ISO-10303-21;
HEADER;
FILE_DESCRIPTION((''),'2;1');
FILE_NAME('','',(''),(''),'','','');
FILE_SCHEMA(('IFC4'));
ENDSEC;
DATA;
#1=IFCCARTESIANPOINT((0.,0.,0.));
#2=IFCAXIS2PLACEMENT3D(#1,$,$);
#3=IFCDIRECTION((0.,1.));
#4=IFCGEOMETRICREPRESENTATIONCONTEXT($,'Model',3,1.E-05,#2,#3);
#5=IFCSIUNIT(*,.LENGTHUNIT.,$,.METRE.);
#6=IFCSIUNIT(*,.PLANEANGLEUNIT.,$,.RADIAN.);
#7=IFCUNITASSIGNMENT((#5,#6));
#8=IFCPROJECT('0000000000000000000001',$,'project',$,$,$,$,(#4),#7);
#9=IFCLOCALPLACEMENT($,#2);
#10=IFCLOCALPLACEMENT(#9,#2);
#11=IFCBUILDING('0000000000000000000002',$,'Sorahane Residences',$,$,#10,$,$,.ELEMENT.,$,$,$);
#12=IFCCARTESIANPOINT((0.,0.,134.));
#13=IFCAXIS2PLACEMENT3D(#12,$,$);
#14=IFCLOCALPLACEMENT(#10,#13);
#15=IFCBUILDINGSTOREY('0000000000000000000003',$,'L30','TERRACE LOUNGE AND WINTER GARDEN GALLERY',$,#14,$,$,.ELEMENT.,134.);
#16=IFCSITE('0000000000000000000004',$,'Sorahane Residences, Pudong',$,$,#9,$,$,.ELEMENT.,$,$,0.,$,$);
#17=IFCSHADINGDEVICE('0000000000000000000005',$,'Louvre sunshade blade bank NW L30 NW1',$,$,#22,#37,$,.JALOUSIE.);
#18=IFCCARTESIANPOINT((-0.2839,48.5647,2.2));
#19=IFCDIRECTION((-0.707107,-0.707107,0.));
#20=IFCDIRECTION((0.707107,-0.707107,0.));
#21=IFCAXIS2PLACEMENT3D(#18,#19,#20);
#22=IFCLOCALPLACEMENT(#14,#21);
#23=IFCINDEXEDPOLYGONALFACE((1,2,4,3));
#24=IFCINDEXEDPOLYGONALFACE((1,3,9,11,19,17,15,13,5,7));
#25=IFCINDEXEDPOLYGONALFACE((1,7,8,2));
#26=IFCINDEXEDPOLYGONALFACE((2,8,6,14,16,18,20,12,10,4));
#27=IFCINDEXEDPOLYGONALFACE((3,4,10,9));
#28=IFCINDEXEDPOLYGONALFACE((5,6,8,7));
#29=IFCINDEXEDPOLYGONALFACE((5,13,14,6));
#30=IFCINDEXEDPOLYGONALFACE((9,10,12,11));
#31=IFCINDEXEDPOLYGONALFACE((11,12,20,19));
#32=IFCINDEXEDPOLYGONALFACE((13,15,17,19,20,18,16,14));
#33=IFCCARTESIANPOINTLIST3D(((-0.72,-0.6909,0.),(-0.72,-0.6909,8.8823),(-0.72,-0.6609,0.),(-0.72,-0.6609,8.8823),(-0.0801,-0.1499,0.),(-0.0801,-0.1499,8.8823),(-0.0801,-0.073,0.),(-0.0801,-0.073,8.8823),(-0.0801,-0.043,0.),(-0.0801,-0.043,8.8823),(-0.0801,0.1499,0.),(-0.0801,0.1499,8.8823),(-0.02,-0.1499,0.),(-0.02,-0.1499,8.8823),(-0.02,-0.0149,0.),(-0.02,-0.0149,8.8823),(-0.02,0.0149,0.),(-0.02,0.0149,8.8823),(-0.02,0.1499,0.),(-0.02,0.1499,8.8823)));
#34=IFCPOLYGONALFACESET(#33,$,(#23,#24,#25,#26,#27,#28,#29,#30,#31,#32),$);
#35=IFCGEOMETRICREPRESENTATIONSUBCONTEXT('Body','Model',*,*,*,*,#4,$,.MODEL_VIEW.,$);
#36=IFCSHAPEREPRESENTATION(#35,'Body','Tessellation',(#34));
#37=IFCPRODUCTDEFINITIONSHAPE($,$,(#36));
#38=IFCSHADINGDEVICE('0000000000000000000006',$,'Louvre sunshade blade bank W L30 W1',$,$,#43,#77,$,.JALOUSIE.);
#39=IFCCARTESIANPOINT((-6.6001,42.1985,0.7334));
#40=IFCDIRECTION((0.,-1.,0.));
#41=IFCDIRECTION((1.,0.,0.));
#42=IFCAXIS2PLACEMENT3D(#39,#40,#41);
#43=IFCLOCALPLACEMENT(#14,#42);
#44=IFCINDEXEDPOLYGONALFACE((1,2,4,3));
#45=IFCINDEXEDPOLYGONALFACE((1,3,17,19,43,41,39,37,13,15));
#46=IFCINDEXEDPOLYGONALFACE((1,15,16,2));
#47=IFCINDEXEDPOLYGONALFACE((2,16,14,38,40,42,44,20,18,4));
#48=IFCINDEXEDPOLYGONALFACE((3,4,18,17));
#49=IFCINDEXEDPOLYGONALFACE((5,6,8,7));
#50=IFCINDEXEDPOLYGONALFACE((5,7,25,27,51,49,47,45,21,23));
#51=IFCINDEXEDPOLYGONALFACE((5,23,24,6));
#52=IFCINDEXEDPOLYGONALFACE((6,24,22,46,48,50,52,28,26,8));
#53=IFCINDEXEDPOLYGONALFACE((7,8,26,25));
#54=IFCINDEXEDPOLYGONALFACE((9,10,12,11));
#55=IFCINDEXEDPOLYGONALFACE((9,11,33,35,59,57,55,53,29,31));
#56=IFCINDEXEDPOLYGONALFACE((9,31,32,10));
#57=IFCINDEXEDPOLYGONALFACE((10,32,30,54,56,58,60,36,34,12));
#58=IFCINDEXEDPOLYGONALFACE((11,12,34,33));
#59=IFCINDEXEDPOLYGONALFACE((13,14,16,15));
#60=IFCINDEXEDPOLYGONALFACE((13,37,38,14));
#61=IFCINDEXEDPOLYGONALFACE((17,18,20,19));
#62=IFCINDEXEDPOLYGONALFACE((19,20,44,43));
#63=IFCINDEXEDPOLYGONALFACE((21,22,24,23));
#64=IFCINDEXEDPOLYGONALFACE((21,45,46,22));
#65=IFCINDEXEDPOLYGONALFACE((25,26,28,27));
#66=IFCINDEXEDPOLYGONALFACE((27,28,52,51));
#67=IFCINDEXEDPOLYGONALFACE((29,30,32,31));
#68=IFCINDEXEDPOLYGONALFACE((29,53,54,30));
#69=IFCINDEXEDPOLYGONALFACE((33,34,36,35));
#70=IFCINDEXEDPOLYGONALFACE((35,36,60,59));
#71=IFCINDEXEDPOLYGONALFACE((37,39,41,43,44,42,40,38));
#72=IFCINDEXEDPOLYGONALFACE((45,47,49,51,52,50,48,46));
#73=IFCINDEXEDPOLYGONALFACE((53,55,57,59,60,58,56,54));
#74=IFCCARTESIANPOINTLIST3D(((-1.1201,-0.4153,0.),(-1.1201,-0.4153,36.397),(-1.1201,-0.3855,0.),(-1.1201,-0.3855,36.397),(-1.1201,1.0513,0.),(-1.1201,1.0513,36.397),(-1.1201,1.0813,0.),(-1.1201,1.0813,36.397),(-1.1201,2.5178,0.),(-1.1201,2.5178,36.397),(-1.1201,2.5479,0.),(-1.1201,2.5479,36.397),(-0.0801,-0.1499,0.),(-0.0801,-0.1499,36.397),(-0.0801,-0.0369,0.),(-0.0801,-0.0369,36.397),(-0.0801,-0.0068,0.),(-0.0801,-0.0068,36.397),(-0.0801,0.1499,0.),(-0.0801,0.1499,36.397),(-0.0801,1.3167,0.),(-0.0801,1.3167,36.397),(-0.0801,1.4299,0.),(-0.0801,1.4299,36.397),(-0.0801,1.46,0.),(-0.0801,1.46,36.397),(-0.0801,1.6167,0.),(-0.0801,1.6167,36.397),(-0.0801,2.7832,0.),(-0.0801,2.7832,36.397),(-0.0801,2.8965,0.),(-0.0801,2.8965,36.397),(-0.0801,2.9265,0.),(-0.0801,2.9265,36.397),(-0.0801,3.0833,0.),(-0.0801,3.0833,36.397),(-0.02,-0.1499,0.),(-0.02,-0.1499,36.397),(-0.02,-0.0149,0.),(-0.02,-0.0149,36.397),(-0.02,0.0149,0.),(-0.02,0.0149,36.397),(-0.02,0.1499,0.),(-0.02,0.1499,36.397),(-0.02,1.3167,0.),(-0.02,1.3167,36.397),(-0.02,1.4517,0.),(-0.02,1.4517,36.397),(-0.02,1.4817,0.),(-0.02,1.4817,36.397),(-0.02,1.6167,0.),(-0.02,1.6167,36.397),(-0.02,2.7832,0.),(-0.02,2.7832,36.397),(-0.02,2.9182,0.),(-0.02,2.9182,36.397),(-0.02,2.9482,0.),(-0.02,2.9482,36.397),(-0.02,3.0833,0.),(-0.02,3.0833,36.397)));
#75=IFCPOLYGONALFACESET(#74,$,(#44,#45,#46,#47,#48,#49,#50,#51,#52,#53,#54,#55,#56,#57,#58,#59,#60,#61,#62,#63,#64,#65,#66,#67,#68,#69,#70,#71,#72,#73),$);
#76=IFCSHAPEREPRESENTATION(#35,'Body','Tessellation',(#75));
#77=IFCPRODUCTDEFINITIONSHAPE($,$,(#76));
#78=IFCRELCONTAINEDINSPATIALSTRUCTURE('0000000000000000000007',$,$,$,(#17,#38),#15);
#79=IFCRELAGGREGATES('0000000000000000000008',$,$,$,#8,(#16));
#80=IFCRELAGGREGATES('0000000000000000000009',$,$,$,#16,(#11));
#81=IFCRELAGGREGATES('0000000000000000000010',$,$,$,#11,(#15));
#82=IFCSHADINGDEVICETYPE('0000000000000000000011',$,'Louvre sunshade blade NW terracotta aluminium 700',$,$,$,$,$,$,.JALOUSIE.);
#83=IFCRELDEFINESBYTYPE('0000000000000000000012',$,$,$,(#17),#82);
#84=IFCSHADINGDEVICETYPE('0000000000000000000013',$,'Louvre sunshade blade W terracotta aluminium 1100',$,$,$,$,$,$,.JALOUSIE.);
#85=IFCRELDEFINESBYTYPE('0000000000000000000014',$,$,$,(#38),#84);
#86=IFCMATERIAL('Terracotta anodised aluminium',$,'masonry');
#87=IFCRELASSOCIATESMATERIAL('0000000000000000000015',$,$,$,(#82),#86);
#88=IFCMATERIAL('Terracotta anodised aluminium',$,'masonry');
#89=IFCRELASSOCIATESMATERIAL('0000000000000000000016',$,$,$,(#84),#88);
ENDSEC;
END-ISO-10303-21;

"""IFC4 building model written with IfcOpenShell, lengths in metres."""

from ifc_helpers import new_model, si_unit, direction, frame, origin, place, context, subcontext, project, spatial, polyline, outline, composite_profile, extrude, material, type_object, element, save


model = new_model("IFC4")

# Units and contexts
model_context = context("Model", 3, precision=1e-05, world=origin(), true_north=direction((0.0, 1.0)))
body_context = subcontext(model_context, "Body", "Model", "MODEL_VIEW")
ifc_project = project(units=[si_unit("LENGTHUNIT", "METRE"), si_unit("PLANEANGLEUNIT", "RADIAN")], contexts=[model_context])

# Site, building, storey
site_placement = place(None, origin())
site = spatial("IfcSite", under=ifc_project, at=site_placement, Name="Sorahane Residences, Pudong", CompositionType="ELEMENT", RefElevation=0.0)
building_placement = place(site_placement, origin())
building = spatial("IfcBuilding", under=site, at=building_placement, Name="Sorahane Residences", CompositionType="ELEMENT")
storey_placement = place(building_placement, frame((0.0, 0.0, 134.0)))
storey = spatial("IfcBuildingStorey", under=building, at=storey_placement, Name="L30", Description="TERRACE LOUNGE AND WINTER GARDEN GALLERY", CompositionType="ELEMENT", Elevation=134.0)

# Shading devices
ifc_material_1 = material(Name="Terracotta anodised aluminium", Category="masonry")
shading_device_type_1 = type_object("IfcShadingDeviceType", Name="Louvre sunshade blade NW terracotta aluminium 700", PredefinedType="JALOUSIE", material=ifc_material_1)
shading_device_1_placement = place(storey_placement, frame((-0.2839, 48.5647, 2.2), z_axis=(-0.707107, -0.707107, 0.0), x_axis=(0.707107, -0.707107, 0.0)))
element("IfcShadingDevice", 1, at=shading_device_1_placement, inside=storey, type_object=shading_device_type_1, Name="Louvre sunshade blade bank NW L30 NW1", PredefinedType="JALOUSIE", context=body_context, shape_type="SweptSolid", body=[
    extrude(outline(polyline([(-0.72, -0.6609), (-0.72, -0.6909), (-0.0801, -0.073), (-0.0801, -0.1499), (-0.02, -0.1499), (-0.02, -0.0149), (-0.02, 0.0149), (-0.02, 0.1499), (-0.0801, 0.1499), (-0.0801, -0.043), (-0.72, -0.6609)])), origin(), (0.0, 0.0, 1.0), 8.8823),
])
ifc_material_2 = material(Name="Terracotta anodised aluminium", Category="masonry")
shading_device_type_2 = type_object("IfcShadingDeviceType", Name="Louvre sunshade blade W terracotta aluminium 1100", PredefinedType="JALOUSIE", material=ifc_material_2)
shading_device_2_placement = place(storey_placement, frame((-6.6001, 42.1985, 0.7334), z_axis=(0.0, -1.0, 0.0), x_axis=(1.0, 0.0, 0.0)))
element("IfcShadingDevice", 2, at=shading_device_2_placement, inside=storey, type_object=shading_device_type_2, Name="Louvre sunshade blade bank W L30 W1", PredefinedType="JALOUSIE", context=body_context, shape_type="SweptSolid", body=[
    extrude(composite_profile([outline(polyline([(-1.1201, -0.3855), (-1.1201, -0.4153), (-0.0801, -0.0369), (-0.0801, -0.1499), (-0.02, -0.1499), (-0.02, -0.0149), (-0.02, 0.0149), (-0.02, 0.1499), (-0.0801, 0.1499), (-0.0801, -0.0068), (-1.1201, -0.3855)])), outline(polyline([(-1.1201, 1.0813), (-1.1201, 1.0513), (-0.0801, 1.4299), (-0.0801, 1.3167), (-0.02, 1.3167), (-0.02, 1.4517), (-0.02, 1.4817), (-0.02, 1.6167), (-0.0801, 1.6167), (-0.0801, 1.46), (-1.1201, 1.0813)])), outline(polyline([(-1.1201, 2.5479), (-1.1201, 2.5178), (-0.0801, 2.8965), (-0.0801, 2.7832), (-0.02, 2.7832), (-0.02, 2.9182), (-0.02, 2.9482), (-0.02, 3.0833), (-0.0801, 3.0833), (-0.0801, 2.9265), (-1.1201, 2.5479)]))]), origin(), (0.0, 0.0, 1.0), 36.397),
])

save(model, "model.ifc")
